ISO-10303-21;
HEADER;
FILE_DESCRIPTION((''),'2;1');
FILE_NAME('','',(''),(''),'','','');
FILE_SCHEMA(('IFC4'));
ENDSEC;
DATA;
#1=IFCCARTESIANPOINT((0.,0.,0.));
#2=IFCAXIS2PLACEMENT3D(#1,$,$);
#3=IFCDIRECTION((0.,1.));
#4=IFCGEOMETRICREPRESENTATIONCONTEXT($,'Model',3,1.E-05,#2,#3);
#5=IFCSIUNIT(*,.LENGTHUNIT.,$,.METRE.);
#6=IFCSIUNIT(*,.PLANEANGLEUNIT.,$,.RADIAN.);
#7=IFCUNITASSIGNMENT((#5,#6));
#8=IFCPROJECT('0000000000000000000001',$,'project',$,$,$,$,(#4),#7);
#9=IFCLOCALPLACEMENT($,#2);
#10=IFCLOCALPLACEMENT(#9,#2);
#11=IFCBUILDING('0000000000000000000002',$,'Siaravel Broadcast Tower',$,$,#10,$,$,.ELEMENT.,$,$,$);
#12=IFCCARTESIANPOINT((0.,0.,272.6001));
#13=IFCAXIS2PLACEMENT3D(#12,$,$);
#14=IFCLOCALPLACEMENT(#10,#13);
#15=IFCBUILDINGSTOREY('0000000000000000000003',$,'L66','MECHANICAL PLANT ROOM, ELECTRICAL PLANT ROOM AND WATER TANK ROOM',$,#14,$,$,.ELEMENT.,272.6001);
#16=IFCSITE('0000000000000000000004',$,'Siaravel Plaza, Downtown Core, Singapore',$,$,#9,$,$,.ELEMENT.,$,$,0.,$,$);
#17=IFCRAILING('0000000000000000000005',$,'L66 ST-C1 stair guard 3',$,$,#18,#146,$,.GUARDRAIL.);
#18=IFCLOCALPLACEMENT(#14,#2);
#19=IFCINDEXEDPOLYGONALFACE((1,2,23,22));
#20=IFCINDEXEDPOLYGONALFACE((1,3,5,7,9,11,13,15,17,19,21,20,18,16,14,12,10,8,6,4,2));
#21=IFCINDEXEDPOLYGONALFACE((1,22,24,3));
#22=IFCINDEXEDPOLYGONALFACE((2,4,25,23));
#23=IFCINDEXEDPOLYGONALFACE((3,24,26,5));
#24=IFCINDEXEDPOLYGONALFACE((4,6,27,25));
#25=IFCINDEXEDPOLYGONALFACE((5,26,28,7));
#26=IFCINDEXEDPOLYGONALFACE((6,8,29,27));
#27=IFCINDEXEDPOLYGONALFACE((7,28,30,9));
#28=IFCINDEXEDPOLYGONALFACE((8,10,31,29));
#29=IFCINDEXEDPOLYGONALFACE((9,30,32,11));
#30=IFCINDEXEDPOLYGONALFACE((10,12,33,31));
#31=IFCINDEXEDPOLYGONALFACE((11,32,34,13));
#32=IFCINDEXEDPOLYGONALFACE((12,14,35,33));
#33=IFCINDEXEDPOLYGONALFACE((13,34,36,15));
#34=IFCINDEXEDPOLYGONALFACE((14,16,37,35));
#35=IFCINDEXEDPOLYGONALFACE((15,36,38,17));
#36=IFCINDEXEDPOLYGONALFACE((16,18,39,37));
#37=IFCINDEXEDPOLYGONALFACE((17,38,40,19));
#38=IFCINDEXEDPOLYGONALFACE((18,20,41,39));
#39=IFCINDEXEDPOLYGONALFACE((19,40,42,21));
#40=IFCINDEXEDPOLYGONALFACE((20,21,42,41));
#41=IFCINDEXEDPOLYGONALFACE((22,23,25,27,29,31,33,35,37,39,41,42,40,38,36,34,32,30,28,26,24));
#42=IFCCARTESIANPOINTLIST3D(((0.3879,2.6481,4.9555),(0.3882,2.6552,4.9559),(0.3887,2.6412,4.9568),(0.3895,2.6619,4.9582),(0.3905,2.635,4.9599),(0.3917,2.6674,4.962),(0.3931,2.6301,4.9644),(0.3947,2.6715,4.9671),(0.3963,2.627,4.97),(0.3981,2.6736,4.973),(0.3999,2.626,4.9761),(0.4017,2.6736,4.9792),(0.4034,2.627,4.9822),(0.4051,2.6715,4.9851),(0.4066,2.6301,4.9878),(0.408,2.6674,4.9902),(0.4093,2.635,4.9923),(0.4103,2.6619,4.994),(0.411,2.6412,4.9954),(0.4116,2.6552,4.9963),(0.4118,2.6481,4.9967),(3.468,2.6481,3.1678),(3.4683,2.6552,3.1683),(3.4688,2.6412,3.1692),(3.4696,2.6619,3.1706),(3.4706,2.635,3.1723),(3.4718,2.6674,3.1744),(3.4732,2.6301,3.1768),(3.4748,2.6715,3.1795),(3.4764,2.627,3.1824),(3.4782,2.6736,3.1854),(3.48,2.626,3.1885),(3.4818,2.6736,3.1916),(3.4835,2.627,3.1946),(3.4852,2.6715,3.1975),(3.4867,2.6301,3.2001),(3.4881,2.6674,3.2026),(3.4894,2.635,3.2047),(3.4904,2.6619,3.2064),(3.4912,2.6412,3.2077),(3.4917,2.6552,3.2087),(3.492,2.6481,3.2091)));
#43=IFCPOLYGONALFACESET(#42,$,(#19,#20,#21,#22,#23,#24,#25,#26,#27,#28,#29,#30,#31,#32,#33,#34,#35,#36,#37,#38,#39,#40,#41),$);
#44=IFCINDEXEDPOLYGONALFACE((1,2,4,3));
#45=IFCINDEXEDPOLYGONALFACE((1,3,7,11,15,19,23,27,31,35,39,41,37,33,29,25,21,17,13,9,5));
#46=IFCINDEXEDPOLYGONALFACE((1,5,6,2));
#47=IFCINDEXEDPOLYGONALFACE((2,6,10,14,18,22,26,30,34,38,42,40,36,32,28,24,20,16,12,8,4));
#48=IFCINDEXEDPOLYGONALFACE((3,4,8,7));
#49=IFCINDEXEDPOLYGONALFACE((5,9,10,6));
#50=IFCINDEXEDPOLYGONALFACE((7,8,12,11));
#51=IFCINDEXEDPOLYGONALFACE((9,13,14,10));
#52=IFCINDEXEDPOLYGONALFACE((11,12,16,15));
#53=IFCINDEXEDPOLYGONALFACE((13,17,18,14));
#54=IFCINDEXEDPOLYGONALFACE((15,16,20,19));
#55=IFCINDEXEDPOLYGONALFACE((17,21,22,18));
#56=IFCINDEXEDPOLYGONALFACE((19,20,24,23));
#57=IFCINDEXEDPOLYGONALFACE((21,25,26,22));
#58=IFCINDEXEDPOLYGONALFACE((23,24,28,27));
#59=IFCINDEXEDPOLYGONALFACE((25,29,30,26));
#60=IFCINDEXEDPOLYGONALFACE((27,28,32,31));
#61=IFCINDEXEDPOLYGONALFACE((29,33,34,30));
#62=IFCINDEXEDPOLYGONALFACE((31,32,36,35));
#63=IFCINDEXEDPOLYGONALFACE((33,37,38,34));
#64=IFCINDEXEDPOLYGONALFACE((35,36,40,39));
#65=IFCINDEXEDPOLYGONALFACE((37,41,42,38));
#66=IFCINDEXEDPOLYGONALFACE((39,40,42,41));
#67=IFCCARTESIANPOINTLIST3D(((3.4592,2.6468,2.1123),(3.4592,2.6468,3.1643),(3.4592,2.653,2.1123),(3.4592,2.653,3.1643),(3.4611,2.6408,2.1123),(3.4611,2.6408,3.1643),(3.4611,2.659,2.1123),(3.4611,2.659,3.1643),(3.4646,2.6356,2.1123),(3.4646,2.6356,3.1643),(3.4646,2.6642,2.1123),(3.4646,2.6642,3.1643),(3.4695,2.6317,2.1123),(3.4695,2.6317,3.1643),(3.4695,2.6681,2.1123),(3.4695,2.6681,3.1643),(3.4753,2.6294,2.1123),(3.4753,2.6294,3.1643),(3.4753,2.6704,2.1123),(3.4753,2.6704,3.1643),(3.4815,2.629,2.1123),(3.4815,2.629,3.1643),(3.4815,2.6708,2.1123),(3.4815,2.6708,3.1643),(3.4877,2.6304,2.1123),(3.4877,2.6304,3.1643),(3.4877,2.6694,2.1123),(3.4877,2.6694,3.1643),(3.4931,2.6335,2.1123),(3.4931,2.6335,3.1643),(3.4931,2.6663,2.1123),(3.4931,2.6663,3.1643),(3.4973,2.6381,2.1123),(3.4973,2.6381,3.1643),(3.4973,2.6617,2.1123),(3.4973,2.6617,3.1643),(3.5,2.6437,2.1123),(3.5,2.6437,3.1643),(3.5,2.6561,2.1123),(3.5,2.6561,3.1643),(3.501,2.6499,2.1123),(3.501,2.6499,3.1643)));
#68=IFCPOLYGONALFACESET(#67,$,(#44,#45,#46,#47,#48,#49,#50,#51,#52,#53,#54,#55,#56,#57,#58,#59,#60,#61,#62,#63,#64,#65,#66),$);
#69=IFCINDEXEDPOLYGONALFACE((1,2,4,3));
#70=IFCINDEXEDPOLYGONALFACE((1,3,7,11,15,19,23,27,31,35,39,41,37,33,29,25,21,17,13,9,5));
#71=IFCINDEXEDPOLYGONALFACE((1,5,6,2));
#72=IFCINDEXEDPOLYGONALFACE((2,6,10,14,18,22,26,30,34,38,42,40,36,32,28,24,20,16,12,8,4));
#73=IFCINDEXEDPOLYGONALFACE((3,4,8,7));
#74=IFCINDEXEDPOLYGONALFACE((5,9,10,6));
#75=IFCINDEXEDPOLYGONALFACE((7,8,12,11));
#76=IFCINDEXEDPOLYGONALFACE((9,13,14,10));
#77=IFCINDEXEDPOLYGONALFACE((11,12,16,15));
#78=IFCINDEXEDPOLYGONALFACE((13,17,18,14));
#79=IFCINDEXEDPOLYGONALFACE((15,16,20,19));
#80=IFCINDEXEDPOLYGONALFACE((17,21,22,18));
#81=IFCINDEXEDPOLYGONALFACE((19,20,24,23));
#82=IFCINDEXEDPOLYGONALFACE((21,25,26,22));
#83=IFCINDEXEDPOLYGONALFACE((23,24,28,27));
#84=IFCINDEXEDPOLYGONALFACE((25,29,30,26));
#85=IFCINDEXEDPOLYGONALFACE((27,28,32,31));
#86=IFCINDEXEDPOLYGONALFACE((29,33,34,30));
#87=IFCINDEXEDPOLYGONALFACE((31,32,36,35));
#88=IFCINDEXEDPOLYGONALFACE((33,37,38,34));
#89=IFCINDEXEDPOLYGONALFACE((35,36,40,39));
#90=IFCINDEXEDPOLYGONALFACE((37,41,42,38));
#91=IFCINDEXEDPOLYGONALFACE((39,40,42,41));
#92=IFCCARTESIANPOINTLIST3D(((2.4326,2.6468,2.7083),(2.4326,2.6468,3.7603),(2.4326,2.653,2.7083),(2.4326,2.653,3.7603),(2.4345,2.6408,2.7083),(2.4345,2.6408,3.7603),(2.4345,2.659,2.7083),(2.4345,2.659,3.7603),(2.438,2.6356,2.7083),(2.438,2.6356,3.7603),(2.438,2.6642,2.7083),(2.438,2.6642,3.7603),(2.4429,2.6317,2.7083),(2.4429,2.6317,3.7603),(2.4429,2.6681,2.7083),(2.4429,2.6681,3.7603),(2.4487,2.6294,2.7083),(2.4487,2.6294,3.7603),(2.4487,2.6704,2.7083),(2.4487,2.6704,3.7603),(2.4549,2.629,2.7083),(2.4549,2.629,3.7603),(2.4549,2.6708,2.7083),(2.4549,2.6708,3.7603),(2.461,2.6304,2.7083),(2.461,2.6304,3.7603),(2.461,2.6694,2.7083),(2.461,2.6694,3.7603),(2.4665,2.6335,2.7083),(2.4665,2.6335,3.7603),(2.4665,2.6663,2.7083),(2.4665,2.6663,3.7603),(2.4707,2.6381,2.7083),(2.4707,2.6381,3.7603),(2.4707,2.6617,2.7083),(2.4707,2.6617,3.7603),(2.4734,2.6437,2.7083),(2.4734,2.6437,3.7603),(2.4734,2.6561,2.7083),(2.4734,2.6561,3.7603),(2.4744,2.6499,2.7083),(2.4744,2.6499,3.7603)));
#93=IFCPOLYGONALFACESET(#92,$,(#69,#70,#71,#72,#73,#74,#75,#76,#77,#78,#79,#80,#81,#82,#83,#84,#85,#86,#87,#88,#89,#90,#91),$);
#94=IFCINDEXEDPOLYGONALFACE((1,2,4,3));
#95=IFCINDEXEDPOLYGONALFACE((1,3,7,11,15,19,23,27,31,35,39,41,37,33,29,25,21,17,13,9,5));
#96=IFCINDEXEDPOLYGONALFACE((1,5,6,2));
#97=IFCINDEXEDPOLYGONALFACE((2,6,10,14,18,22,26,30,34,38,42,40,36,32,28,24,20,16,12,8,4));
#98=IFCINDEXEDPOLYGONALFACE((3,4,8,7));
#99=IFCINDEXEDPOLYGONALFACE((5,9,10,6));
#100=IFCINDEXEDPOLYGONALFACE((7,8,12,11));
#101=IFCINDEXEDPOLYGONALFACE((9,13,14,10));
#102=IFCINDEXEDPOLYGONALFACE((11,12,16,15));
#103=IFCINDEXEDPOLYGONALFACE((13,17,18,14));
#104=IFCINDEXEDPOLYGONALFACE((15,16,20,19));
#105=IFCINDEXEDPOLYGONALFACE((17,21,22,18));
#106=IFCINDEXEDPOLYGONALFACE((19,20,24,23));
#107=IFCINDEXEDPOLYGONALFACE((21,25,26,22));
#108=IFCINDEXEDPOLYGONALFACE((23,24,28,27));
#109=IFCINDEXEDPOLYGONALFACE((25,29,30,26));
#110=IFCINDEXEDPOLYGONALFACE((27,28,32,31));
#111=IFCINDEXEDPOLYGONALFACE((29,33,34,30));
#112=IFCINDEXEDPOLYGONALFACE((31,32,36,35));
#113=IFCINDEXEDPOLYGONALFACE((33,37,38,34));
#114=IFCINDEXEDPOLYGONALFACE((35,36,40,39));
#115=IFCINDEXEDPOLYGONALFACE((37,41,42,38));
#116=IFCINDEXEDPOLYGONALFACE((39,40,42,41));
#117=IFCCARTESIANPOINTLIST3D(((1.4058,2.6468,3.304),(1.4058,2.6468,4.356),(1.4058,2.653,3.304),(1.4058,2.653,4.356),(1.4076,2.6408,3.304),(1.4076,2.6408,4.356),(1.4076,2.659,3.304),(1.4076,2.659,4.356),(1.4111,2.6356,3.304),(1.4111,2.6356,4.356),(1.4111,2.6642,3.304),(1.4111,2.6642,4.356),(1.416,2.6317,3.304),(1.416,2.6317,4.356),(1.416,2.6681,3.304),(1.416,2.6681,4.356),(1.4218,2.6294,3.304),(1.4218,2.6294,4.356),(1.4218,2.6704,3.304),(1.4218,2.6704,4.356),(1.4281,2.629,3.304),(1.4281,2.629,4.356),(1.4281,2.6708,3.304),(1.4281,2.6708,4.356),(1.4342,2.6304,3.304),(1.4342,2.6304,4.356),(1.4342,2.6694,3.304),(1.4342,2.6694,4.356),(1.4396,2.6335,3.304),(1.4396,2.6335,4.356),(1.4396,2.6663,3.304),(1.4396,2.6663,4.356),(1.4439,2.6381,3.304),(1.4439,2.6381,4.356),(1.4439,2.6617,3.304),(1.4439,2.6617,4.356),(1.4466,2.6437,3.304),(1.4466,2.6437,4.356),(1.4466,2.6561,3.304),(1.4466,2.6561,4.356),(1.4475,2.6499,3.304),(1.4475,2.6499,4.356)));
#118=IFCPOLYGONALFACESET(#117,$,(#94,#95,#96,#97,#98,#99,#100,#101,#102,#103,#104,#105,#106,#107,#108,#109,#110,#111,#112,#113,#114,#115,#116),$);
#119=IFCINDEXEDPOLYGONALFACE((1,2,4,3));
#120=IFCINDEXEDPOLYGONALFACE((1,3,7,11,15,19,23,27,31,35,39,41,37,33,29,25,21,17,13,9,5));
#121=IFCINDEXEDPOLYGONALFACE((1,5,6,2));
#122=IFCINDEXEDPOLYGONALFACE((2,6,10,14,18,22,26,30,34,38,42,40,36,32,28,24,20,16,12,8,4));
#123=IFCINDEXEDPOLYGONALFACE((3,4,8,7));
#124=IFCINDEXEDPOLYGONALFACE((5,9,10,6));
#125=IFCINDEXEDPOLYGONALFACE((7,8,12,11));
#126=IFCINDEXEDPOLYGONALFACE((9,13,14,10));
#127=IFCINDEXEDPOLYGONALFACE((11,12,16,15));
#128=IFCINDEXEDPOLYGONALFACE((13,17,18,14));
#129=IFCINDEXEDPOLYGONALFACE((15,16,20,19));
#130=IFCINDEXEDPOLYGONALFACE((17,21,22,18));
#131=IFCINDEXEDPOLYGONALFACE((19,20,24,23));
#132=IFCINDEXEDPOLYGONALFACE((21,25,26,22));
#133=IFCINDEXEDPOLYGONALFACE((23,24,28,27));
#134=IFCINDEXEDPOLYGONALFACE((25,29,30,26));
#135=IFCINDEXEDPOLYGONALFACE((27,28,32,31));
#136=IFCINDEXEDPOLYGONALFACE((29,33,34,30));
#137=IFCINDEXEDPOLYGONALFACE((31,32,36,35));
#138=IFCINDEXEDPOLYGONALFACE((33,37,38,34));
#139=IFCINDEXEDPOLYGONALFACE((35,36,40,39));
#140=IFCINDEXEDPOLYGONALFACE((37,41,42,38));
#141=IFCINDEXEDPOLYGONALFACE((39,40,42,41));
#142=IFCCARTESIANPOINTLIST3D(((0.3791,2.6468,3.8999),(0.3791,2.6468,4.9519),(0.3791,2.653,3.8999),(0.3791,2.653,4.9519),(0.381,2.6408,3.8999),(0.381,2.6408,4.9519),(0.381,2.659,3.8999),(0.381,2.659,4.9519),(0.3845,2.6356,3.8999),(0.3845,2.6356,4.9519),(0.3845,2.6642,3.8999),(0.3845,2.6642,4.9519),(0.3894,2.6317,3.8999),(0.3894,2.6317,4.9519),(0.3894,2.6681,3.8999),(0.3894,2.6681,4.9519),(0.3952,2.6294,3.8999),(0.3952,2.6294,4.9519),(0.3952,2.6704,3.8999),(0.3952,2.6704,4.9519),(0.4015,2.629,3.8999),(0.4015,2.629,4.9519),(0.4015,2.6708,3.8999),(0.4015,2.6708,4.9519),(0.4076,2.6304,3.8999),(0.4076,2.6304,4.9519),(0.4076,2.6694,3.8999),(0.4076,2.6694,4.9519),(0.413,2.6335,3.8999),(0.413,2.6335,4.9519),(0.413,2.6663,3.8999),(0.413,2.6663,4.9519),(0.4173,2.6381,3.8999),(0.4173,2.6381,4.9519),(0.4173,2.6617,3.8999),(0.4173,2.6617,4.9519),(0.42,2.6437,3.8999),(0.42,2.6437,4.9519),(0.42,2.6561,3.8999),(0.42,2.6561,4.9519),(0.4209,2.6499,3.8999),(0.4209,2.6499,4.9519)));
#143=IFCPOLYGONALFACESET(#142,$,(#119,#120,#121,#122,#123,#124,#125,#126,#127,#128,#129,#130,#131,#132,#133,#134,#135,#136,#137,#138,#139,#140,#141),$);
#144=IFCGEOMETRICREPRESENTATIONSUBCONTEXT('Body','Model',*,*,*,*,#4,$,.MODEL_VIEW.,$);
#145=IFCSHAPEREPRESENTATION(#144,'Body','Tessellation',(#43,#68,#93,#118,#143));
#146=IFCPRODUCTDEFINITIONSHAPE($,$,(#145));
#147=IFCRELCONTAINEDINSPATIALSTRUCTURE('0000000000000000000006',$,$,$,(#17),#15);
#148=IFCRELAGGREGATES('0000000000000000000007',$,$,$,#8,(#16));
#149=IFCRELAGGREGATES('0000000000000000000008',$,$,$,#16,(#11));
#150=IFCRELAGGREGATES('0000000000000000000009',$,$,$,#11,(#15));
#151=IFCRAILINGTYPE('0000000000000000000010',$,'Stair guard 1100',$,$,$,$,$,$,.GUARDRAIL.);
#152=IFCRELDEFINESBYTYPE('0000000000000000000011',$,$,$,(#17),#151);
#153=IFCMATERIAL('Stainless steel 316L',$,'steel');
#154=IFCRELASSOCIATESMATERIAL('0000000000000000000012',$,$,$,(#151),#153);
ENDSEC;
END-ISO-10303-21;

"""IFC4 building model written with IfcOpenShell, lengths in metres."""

from ifc_helpers import new_model, si_unit, direction, frame, origin, origin_2d, place, context, subcontext, project, spatial, circle, extrude, material, type_object, element, save


model = new_model("IFC4")

# Units and contexts
model_context = context("Model", 3, precision=1e-05, world=origin(), true_north=direction((0.0, 1.0)))
body_context = subcontext(model_context, "Body", "Model", "MODEL_VIEW")
ifc_project = project(units=[si_unit("LENGTHUNIT", "METRE"), si_unit("PLANEANGLEUNIT", "RADIAN")], contexts=[model_context])

# Site, building, storey
site_placement = place(None, origin())
site = spatial("IfcSite", under=ifc_project, at=site_placement, Name="Siaravel Plaza, Downtown Core, Singapore", CompositionType="ELEMENT", RefElevation=0.0)
building_placement = place(site_placement, origin())
building = spatial("IfcBuilding", under=site, at=building_placement, Name="Siaravel Broadcast Tower", CompositionType="ELEMENT")
storey_placement = place(building_placement, frame((0.0, 0.0, 272.6001)))
storey = spatial("IfcBuildingStorey", under=building, at=storey_placement, Name="L66", Description="MECHANICAL PLANT ROOM, ELECTRICAL PLANT ROOM AND WATER TANK ROOM", CompositionType="ELEMENT", Elevation=272.6001)

# Railing
ifc_material_1 = material(Name="Stainless steel 316L", Category="steel")
railing_type_1 = type_object("IfcRailingType", Name="Stair guard 1100", PredefinedType="GUARDRAIL", material=ifc_material_1)
railing_1_placement = place(storey_placement, frame((3.48, 2.6499, 2.1123)))
element("IfcRailing", 1, at=railing_1_placement, inside=storey, type_object=railing_type_1, Name="L66 ST-C1 stair guard 3", PredefinedType="GUARDRAIL", context=body_context, shape_type="SweptSolid", body=[
    extrude(circle(Radius=0.0239, at=origin_2d()), frame((0.0, 0.0, 1.0762), z_axis=(-0.864891, 0.0, 0.50196), x_axis=(0.0, -1.0, 0.0)), (0.0, 0.0, 1.0), 3.5613),
    extrude(circle(Radius=0.021, at=origin_2d()), origin(), (0.0, 0.0, 1.0), 1.052),
    extrude(circle(Radius=0.021, at=origin_2d()), frame((-1.0266, 0.0, 0.5959)), (0.0, 0.0, 1.0), 1.052),
    extrude(circle(Radius=0.021, at=origin_2d()), frame((-2.0535, 0.0, 1.1917)), (0.0, 0.0, 1.0), 1.052),
    extrude(circle(Radius=0.021, at=origin_2d()), frame((-3.0801, 0.0, 1.7876)), (0.0, 0.0, 1.0), 1.052),
])

save(model, "model.ifc")
